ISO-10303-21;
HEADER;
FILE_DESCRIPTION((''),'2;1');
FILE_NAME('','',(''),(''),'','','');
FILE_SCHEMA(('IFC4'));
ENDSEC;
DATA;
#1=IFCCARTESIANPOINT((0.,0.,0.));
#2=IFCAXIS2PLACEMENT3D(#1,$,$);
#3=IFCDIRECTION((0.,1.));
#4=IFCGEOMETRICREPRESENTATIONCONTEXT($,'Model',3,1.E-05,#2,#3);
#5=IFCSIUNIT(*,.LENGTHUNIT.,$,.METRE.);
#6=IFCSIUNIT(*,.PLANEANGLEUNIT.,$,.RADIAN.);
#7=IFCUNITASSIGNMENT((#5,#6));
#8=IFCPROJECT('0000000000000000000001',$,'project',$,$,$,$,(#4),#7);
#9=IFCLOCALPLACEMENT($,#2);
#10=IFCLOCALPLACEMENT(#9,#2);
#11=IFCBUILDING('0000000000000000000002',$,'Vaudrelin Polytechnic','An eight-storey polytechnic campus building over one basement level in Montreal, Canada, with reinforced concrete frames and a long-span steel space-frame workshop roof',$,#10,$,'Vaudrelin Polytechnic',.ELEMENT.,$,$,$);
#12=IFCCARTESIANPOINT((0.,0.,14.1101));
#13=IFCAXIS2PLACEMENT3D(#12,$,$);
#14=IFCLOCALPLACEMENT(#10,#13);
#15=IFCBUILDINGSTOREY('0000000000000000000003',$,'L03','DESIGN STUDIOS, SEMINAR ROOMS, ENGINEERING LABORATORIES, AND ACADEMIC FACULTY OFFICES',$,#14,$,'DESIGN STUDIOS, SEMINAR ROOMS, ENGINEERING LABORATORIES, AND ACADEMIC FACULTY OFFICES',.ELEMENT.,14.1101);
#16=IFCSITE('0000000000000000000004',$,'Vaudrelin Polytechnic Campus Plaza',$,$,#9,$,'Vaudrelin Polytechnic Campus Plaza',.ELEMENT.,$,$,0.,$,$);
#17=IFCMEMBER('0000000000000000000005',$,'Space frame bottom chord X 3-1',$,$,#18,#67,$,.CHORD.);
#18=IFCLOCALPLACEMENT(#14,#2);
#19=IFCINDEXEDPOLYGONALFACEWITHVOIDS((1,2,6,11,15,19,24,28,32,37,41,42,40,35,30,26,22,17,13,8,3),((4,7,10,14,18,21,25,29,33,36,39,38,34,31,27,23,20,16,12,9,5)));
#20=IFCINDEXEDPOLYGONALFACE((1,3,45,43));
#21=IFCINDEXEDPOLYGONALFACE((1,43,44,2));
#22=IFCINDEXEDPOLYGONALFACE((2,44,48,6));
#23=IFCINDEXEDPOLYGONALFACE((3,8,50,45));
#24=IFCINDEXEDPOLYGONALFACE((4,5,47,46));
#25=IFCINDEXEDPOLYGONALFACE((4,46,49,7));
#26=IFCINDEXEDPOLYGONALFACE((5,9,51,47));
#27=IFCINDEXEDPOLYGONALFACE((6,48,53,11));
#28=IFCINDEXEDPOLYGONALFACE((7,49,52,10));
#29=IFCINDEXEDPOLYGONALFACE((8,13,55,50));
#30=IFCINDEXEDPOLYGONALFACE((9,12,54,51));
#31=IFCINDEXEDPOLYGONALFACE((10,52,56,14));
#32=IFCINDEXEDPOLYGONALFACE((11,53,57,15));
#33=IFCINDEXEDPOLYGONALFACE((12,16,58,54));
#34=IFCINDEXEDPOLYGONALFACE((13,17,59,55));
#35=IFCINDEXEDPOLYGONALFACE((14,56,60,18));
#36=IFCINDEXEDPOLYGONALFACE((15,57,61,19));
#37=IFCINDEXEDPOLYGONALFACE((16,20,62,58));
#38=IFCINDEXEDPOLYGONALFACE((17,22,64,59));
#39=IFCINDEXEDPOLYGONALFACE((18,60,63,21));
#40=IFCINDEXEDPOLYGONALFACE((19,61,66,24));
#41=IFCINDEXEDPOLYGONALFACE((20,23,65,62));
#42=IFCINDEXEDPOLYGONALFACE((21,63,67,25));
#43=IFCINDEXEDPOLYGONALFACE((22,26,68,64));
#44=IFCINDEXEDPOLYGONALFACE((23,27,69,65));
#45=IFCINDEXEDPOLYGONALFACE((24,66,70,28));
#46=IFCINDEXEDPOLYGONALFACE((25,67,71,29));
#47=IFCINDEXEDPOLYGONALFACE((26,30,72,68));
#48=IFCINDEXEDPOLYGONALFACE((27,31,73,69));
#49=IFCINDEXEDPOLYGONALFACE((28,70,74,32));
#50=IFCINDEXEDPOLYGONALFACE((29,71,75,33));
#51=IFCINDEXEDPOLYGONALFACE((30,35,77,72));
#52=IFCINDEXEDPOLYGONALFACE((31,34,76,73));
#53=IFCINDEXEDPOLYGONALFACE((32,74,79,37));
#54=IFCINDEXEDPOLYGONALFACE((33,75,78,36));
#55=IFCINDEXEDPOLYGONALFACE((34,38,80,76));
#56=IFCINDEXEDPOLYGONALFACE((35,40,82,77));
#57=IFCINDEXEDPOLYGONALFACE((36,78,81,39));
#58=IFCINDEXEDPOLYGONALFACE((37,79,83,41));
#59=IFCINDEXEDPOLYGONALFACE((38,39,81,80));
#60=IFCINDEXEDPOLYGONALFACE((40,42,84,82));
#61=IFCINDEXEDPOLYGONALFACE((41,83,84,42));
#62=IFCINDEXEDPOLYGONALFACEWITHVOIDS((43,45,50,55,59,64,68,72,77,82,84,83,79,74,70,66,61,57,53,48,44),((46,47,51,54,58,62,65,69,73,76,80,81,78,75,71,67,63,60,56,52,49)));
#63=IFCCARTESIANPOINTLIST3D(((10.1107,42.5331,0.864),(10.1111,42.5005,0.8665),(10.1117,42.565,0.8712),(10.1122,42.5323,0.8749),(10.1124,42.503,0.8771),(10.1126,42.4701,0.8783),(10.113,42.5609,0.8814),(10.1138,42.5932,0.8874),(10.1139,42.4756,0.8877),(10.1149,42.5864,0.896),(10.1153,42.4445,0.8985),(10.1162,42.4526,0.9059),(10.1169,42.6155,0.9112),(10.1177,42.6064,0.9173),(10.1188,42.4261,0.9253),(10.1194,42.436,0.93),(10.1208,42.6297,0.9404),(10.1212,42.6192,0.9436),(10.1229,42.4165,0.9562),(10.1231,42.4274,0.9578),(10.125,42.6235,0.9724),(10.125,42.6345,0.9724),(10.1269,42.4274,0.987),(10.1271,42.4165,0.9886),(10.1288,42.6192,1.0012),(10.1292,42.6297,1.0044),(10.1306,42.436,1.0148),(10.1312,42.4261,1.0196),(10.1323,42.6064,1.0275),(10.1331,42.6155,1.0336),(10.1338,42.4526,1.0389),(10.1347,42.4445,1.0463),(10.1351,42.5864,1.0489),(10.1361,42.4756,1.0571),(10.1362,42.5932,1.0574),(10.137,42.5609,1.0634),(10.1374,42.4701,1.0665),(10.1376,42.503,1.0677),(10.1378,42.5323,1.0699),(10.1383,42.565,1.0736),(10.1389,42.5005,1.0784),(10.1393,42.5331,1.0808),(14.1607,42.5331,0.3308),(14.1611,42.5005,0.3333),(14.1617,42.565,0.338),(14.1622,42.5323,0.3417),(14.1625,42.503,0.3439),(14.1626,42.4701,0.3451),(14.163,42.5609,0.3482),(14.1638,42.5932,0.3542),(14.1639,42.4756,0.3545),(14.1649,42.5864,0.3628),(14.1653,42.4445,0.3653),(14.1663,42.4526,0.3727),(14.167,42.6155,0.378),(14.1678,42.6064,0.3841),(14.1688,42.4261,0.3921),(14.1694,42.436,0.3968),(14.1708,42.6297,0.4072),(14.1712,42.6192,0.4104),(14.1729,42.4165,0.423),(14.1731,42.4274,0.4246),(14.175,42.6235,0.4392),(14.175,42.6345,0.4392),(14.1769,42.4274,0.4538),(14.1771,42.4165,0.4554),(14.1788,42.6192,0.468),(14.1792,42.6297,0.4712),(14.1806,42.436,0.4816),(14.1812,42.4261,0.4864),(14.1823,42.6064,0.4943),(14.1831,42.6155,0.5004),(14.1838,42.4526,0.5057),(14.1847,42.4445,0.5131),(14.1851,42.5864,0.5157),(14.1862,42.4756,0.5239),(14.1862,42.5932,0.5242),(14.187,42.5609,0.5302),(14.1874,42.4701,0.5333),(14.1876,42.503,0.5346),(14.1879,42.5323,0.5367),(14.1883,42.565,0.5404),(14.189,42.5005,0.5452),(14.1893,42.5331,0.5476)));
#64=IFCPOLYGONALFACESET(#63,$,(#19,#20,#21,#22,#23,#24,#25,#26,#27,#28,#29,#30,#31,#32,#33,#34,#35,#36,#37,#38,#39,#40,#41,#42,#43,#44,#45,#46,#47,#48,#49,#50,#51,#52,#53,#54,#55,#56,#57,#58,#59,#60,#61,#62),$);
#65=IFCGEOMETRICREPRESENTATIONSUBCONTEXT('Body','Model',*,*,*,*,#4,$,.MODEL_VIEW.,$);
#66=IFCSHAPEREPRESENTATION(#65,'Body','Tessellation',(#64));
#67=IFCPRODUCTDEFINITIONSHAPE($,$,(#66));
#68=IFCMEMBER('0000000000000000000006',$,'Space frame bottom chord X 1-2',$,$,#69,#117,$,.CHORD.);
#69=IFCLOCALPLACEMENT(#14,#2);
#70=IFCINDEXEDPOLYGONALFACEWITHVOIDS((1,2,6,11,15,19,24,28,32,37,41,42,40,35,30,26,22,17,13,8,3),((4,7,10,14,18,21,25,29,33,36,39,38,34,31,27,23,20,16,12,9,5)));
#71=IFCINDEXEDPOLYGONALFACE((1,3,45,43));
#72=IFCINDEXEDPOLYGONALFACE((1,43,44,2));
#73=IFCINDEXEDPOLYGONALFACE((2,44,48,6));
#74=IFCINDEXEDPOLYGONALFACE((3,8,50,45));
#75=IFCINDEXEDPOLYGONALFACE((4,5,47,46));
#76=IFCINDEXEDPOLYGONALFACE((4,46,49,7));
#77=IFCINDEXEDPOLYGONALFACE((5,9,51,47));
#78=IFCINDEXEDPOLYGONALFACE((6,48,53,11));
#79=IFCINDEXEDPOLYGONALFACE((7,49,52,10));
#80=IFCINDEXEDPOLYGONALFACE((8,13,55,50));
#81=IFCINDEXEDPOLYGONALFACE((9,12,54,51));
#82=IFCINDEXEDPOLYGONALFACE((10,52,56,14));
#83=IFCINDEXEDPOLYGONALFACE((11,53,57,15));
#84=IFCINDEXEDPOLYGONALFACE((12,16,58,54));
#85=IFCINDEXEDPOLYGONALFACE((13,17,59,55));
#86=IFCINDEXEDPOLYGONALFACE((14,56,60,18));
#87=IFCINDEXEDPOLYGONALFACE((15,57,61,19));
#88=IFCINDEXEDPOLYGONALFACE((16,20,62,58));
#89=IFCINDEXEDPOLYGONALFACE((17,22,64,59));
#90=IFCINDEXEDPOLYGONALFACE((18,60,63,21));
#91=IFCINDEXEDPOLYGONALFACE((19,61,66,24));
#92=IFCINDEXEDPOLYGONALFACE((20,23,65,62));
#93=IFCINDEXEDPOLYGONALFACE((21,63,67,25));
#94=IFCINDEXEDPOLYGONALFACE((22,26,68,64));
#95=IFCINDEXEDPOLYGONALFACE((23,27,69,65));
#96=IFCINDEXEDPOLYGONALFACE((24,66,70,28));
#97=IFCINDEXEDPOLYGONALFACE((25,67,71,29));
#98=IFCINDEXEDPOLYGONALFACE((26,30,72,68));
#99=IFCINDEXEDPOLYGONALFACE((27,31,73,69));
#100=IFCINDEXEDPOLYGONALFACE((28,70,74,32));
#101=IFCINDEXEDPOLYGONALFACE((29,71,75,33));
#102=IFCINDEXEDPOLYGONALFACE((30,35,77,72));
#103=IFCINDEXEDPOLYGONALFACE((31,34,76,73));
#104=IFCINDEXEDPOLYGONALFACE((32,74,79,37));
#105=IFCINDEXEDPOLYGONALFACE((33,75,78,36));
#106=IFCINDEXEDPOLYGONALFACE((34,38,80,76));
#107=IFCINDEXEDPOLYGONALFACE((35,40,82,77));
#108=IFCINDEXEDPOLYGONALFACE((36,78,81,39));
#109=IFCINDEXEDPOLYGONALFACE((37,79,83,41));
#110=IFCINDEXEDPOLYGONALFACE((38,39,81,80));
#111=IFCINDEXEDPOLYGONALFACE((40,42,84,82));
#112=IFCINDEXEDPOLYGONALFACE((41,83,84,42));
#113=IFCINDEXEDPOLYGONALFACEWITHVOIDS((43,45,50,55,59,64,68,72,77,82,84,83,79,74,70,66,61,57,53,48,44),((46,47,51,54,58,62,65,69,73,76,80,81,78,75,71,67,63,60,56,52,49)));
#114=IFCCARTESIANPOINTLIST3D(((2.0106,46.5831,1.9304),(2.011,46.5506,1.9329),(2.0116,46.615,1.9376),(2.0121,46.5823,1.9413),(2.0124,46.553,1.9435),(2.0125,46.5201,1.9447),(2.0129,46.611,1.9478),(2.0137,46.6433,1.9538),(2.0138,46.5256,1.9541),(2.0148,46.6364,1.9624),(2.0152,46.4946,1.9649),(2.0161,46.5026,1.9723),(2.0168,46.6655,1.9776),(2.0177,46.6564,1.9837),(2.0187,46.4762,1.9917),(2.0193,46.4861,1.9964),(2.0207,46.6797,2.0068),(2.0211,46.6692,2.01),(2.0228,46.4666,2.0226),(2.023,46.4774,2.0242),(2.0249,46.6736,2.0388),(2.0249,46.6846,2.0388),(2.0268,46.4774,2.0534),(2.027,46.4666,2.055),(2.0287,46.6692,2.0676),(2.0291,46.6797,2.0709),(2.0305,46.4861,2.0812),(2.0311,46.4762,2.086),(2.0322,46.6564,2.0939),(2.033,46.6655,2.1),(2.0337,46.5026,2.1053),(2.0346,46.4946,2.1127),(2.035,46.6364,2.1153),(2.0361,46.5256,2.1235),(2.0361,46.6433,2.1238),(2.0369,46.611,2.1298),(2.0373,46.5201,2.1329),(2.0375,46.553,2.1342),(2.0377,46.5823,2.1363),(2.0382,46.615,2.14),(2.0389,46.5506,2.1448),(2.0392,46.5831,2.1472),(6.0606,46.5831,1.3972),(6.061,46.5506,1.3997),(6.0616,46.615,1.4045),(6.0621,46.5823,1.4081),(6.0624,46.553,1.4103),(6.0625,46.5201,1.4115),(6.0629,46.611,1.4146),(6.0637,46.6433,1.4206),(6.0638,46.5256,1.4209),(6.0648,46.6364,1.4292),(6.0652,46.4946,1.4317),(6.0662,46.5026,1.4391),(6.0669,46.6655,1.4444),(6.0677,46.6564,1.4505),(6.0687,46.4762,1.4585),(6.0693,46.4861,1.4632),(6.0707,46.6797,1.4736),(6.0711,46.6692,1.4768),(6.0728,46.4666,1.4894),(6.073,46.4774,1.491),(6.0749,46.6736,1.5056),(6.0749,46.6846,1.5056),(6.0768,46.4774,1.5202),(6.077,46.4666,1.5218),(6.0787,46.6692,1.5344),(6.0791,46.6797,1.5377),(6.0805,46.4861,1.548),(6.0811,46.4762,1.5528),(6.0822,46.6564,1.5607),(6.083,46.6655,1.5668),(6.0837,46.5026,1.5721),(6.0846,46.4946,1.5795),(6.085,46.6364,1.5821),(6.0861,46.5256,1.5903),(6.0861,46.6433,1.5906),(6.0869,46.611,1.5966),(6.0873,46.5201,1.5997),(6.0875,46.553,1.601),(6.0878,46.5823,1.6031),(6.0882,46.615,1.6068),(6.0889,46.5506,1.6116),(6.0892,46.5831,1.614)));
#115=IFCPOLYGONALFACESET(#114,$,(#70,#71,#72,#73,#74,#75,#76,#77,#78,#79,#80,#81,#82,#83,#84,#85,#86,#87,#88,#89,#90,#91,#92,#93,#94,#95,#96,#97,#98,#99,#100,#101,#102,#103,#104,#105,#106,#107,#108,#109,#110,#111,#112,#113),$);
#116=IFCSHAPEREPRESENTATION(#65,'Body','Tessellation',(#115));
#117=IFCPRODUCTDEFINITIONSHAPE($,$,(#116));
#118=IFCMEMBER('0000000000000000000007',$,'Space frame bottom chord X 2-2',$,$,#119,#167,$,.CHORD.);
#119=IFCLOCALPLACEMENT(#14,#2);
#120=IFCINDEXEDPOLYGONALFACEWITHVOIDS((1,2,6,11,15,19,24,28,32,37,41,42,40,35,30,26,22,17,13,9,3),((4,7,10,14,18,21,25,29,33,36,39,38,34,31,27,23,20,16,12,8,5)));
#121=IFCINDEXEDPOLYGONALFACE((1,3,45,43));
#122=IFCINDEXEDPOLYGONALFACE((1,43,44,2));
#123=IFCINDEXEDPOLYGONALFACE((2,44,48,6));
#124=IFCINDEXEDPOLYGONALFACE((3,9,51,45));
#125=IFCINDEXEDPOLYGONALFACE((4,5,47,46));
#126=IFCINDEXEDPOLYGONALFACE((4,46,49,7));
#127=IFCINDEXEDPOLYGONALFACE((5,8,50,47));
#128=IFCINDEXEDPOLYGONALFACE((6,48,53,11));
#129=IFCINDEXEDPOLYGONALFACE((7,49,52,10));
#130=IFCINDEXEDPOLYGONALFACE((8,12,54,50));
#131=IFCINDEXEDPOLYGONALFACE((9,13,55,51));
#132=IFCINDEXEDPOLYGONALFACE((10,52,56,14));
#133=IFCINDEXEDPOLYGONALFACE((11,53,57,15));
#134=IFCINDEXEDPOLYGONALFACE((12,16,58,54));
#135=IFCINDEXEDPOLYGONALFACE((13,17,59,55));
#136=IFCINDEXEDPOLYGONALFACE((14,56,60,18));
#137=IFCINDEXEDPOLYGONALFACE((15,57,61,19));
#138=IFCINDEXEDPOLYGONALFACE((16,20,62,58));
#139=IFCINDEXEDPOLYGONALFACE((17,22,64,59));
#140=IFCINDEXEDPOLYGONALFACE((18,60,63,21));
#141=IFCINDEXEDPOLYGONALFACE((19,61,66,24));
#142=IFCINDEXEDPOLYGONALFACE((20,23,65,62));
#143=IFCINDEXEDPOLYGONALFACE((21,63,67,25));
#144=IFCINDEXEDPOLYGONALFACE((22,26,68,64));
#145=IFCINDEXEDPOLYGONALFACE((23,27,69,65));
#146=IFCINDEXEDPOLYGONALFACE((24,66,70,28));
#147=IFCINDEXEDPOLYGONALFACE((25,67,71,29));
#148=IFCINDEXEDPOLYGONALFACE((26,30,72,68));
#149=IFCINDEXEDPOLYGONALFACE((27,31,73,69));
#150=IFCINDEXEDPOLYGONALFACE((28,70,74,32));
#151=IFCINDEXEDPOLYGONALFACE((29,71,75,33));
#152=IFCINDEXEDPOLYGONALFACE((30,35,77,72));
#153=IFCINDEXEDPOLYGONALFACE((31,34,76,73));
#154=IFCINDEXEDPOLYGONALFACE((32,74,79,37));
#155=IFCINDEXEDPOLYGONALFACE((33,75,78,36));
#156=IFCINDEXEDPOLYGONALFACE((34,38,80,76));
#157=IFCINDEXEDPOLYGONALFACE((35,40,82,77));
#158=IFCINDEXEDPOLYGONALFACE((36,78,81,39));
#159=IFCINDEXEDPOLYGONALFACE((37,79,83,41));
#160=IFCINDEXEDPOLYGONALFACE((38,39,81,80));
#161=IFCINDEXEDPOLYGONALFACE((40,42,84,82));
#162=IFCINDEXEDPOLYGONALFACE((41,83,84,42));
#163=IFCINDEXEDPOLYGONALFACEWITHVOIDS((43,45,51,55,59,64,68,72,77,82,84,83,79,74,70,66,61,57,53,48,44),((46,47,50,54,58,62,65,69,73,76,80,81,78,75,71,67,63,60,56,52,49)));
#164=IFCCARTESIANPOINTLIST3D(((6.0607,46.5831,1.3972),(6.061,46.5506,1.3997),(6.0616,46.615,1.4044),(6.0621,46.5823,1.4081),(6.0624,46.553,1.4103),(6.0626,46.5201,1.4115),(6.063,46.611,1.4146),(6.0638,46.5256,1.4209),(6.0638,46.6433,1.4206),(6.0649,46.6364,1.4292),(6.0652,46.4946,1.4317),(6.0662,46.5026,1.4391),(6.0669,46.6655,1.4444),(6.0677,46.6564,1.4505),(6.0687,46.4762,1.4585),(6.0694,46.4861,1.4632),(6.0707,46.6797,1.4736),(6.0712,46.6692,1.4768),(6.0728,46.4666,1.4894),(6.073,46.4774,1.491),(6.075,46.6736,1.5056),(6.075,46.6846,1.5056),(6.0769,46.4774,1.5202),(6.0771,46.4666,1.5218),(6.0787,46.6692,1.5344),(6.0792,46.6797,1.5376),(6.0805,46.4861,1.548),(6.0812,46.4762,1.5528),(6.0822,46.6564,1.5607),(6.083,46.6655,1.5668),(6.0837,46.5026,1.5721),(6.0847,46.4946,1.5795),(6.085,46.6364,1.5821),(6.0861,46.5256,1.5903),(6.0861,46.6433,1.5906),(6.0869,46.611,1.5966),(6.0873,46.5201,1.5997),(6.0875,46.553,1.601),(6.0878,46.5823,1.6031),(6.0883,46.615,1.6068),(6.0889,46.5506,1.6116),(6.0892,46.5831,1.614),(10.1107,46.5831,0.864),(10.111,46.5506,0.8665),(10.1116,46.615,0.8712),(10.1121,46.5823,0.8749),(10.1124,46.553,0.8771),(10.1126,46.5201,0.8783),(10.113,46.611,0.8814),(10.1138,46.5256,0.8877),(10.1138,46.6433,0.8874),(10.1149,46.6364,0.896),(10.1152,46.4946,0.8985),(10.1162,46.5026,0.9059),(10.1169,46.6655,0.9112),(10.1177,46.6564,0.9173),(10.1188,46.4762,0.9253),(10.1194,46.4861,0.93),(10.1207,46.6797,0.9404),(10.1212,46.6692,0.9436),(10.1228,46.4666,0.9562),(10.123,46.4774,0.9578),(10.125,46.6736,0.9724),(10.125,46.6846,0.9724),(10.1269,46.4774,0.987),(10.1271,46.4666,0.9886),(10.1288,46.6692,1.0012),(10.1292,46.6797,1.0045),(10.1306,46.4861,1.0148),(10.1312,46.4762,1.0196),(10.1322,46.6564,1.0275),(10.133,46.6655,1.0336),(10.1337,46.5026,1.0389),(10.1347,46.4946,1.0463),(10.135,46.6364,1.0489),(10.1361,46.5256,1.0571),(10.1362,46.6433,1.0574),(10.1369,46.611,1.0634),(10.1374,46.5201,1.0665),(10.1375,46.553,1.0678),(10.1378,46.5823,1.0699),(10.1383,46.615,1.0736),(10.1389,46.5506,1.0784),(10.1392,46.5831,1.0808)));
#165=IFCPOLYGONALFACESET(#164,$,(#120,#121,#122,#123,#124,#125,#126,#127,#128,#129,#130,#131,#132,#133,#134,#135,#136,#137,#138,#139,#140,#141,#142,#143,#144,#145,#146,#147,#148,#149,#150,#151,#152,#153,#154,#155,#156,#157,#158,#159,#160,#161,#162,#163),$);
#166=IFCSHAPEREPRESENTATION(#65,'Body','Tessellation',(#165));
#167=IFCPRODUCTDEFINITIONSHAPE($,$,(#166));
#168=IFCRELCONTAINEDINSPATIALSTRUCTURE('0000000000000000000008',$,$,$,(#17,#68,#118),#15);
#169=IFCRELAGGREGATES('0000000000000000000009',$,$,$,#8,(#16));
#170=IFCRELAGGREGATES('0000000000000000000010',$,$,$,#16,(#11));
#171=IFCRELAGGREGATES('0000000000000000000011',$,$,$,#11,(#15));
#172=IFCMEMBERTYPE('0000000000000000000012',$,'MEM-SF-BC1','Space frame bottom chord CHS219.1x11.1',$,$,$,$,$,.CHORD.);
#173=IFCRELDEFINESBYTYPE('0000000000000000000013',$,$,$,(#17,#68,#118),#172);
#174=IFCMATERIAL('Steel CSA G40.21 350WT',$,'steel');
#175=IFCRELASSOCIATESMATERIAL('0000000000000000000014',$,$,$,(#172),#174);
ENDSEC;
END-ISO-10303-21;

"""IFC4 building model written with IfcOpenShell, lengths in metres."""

from ifc_helpers import new_model, si_unit, direction, frame, origin, origin_2d, place, context, subcontext, project, spatial, hollow_circle, extrude, material, material_profile, profile_set, type_object, element, save


model = new_model("IFC4")

# Units and contexts
model_context = context("Model", 3, precision=1e-05, world=origin(), true_north=direction((0.0, 1.0)))
body_context = subcontext(model_context, "Body", "Model", "MODEL_VIEW")
ifc_project = project(units=[si_unit("LENGTHUNIT", "METRE"), si_unit("PLANEANGLEUNIT", "RADIAN")], contexts=[model_context])

# Site, building, storey
site_placement = place(None, origin())
site = spatial("IfcSite", under=ifc_project, at=site_placement, Name="Vaudrelin Polytechnic Campus Plaza", LongName="Vaudrelin Polytechnic Campus Plaza", CompositionType="ELEMENT", RefElevation=0.0)
building_placement = place(site_placement, origin())
building = spatial("IfcBuilding", under=site, at=building_placement, Name="Vaudrelin Polytechnic", Description="An eight-storey polytechnic campus building over one basement level in Montreal, Canada, with reinforced concrete frames and a long-span steel space-frame workshop roof", LongName="Vaudrelin Polytechnic", CompositionType="ELEMENT")
storey_placement = place(building_placement, frame((0.0, 0.0, 14.1101)))
storey = spatial("IfcBuildingStorey", under=building, at=storey_placement, Name="L03", Description="DESIGN STUDIOS, SEMINAR ROOMS, ENGINEERING LABORATORIES, AND ACADEMIC FACULTY OFFICES", LongName="DESIGN STUDIOS, SEMINAR ROOMS, ENGINEERING LABORATORIES, AND ACADEMIC FACULTY OFFICES", CompositionType="ELEMENT", Elevation=14.1101)

# Members
ifc_material = material(Name="Steel CSA G40.21 350WT", Category="steel")
ifc_material_profile_1 = material_profile(ifc_material, hollow_circle(Radius=0.1096, WallThickness=0.011, at=origin_2d()), Name="CHS219.1x11.1")
ifc_profile_set_1 = profile_set([ifc_material_profile_1], Name="Steel CSA G40.21 350WT")
member_type_1 = type_object("IfcMemberType", Name="MEM-SF-BC1", Description="Space frame bottom chord CHS219.1x11.1", PredefinedType="CHORD", material=ifc_profile_set_1)
for number, where, z_axis, x_axis, name in (
    (1, (10.125, 42.5249, 0.9724), (0.991445, 0.0, -0.130527), (0.0, 1.0, 0.0), "Space frame bottom chord X 3-1"),
    (2, (2.0249, 46.575, 2.0388), (0.991445, 0.0, -0.130527), (0.0, 1.0, 0.0), "Space frame bottom chord X 1-2"),
    (3, (6.075, 46.575, 1.5056), (0.991445, 0.0, -0.130527), (0.0, 1.0, 0.0), "Space frame bottom chord X 2-2"),
):
    element("IfcMember", number, at=place(storey_placement, frame(where, z_axis=z_axis, x_axis=x_axis)), inside=storey, type_object=member_type_1, Name=name, PredefinedType="CHORD", context=body_context, shape_type="SweptSolid", body=[
        extrude(hollow_circle(Radius=0.1096, WallThickness=0.011, at=origin_2d()), origin(), (0.0, 0.0, 1.0), 4.085),
    ])

save(model, "model.ifc")
